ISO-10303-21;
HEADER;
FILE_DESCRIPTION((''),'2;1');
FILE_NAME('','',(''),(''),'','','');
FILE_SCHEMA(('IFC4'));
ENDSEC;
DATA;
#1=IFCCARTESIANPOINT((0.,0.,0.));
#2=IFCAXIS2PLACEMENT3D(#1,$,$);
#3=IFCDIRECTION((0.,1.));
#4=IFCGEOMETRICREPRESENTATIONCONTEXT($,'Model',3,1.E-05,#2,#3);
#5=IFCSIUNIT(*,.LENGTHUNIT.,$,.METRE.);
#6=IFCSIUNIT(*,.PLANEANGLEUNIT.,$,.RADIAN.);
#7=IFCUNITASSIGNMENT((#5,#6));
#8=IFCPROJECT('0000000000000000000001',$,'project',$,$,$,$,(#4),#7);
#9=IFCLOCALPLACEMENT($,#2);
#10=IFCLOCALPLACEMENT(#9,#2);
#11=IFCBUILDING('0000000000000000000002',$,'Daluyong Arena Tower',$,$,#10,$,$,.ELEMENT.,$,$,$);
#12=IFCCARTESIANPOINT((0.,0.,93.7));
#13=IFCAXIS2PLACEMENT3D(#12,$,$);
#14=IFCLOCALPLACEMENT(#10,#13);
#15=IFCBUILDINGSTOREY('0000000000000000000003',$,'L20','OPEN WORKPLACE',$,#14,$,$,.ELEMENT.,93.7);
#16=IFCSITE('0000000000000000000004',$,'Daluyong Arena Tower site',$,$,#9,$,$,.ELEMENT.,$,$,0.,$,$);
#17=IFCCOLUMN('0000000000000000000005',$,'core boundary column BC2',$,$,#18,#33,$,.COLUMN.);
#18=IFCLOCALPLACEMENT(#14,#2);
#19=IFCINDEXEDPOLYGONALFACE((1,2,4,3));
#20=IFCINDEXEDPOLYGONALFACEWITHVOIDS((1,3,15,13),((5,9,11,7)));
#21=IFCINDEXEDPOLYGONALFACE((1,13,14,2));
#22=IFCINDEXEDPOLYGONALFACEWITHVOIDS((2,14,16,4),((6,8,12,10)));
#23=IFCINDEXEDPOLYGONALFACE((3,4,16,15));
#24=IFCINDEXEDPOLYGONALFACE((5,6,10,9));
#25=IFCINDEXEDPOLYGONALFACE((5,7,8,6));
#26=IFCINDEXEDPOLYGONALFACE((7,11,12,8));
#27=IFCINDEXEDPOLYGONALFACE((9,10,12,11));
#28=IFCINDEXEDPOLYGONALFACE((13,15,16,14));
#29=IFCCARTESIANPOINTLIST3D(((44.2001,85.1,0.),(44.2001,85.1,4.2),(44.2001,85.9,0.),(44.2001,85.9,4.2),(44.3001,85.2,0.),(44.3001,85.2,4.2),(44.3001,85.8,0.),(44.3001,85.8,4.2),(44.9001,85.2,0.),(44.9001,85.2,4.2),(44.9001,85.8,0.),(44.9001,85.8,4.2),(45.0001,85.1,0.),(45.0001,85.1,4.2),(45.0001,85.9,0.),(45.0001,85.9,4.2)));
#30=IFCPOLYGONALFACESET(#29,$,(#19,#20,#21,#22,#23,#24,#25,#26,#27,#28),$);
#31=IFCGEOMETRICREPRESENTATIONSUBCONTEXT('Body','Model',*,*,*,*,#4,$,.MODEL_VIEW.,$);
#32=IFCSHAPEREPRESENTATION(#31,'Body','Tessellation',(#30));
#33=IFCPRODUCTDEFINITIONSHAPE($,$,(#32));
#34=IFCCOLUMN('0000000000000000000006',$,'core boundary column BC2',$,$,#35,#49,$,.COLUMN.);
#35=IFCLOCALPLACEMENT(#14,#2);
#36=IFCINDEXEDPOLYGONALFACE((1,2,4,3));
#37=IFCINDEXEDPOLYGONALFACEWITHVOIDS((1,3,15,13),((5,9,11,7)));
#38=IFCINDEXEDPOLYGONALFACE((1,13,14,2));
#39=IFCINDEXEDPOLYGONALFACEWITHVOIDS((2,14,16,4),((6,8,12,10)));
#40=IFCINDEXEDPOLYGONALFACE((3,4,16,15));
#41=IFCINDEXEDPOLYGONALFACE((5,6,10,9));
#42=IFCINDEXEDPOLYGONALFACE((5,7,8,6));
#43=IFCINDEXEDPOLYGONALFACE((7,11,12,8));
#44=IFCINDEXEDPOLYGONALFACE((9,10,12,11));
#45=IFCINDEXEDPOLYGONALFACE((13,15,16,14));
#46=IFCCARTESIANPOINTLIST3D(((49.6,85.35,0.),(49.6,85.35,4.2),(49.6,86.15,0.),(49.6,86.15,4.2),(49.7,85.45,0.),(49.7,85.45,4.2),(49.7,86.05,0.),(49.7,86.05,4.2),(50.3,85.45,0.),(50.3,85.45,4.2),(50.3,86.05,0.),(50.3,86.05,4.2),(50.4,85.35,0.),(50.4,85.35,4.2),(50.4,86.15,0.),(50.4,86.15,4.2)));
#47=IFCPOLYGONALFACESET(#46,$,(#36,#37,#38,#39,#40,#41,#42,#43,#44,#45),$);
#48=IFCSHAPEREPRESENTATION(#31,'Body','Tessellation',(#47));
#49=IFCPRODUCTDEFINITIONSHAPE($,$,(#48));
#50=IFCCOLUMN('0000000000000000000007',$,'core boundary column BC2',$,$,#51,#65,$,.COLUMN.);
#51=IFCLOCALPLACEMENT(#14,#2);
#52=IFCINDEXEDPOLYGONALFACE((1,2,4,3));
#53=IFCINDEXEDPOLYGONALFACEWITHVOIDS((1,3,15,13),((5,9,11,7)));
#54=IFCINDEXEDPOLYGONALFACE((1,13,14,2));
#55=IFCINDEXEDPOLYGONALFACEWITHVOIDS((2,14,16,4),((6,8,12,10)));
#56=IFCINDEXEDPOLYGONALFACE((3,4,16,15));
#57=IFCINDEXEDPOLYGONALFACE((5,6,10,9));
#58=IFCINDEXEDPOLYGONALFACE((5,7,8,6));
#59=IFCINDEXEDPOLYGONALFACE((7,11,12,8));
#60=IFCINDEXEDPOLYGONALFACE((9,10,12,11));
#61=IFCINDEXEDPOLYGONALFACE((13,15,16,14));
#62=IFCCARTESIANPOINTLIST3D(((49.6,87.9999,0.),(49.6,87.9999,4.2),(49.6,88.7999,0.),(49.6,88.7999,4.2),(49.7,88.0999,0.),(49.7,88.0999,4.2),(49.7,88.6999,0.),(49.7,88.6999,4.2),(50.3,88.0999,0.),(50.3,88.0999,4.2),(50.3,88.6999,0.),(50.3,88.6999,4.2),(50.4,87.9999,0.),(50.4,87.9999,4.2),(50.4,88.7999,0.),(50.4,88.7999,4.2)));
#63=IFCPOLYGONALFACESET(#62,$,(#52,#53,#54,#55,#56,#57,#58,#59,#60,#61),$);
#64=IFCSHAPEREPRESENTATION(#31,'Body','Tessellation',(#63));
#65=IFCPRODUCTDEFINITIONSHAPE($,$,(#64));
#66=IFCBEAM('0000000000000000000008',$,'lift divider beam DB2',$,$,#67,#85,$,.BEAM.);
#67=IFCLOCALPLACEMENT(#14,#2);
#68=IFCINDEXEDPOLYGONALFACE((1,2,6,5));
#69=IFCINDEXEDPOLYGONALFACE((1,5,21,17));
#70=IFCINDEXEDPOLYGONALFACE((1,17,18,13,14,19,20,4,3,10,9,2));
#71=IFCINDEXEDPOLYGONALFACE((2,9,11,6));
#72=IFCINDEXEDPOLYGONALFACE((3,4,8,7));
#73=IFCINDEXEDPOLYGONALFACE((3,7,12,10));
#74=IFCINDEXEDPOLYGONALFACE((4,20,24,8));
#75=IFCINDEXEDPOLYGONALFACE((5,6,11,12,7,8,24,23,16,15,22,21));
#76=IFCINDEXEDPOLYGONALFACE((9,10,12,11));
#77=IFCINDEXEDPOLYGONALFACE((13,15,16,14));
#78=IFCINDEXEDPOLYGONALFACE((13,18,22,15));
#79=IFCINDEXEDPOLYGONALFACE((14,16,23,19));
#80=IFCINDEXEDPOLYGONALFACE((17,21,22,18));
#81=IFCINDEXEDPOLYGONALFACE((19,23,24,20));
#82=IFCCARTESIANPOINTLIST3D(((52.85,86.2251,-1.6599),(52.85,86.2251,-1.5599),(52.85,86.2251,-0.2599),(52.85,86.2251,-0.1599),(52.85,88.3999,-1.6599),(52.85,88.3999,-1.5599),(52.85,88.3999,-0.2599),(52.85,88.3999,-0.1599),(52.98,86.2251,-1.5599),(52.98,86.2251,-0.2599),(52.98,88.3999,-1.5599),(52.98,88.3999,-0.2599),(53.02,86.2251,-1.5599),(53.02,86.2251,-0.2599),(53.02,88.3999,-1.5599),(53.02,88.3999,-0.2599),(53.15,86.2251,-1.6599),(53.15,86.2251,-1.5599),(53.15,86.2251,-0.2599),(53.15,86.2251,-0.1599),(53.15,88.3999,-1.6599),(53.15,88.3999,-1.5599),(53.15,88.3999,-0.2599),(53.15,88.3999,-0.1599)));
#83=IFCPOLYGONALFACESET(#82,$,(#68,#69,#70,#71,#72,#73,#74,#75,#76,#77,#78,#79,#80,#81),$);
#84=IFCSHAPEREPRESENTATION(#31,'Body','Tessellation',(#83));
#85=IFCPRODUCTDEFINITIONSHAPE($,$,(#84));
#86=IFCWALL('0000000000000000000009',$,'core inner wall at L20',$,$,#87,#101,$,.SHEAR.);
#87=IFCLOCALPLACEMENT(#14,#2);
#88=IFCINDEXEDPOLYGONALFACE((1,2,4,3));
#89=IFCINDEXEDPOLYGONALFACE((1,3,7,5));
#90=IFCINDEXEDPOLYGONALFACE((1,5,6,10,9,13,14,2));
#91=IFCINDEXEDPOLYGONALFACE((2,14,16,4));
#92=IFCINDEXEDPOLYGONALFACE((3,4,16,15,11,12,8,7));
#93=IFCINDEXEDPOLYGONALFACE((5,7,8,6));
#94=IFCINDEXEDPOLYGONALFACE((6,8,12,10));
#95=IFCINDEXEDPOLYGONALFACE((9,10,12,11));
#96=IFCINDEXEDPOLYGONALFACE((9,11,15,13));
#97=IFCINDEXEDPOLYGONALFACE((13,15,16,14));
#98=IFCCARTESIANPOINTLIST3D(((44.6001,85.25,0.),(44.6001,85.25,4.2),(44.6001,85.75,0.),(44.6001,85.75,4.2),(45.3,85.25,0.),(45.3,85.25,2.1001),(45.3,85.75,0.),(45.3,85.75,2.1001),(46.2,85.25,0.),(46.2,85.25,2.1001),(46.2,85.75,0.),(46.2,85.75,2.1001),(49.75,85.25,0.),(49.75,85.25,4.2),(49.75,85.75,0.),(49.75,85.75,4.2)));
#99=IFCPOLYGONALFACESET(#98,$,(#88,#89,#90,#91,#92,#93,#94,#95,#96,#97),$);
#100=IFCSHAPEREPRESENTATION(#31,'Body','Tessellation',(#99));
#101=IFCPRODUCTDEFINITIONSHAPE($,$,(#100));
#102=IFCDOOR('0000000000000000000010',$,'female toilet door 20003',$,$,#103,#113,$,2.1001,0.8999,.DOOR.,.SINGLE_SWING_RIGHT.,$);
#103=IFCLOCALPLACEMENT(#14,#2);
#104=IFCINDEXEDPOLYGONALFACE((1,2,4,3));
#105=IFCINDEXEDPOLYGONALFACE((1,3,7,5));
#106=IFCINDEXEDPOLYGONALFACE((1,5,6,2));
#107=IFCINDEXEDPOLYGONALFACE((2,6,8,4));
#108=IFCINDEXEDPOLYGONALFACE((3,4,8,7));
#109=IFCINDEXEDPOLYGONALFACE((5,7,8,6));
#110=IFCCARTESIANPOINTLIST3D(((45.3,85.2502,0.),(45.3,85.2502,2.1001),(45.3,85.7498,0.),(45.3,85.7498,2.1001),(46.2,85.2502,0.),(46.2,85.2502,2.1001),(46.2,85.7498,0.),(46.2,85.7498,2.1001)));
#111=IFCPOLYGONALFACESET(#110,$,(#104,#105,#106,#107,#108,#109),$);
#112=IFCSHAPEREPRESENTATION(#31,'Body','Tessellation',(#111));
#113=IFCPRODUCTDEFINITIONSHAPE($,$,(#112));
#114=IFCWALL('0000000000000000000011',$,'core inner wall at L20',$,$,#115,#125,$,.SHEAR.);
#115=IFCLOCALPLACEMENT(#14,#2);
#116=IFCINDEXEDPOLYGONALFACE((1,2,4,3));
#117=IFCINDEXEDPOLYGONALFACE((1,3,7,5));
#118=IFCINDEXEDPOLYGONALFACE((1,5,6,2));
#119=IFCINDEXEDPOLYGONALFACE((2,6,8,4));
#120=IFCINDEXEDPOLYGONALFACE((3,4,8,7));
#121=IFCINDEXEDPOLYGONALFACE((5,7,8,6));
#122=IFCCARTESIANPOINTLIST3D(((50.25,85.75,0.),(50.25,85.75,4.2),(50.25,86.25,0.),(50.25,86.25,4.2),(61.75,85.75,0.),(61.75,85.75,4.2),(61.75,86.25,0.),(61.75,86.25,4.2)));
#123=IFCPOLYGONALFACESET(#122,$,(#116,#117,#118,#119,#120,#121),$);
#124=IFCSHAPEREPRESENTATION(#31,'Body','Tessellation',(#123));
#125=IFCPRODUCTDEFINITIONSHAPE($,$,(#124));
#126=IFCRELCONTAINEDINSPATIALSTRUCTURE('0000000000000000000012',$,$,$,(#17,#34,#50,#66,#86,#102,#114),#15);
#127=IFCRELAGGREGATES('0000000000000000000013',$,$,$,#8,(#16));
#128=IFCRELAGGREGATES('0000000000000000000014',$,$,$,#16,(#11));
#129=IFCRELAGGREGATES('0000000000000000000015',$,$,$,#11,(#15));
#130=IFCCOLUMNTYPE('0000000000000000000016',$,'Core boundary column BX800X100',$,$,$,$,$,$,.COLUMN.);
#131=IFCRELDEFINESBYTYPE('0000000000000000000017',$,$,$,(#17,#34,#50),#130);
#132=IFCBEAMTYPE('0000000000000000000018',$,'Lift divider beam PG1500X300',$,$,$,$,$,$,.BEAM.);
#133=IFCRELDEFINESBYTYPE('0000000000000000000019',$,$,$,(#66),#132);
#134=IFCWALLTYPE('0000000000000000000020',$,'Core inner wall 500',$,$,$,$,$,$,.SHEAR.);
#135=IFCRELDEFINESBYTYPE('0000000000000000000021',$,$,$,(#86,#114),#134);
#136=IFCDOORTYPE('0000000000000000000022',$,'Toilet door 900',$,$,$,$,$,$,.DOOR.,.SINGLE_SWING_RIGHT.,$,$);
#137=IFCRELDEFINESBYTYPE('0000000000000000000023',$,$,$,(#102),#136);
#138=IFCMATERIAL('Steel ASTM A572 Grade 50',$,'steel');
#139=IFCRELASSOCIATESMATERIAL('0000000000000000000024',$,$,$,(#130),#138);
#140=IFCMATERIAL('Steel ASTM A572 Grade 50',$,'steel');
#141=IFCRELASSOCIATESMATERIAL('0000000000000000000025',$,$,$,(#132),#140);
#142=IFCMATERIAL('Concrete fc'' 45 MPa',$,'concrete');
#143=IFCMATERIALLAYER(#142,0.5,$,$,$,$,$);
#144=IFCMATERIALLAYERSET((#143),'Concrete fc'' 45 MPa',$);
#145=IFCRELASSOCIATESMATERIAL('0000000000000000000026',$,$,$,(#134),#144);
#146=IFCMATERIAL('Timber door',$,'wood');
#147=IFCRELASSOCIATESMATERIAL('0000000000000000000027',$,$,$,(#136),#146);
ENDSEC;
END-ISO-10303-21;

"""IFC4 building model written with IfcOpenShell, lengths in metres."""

from ifc_helpers import new_model, si_unit, direction, frame, frame_2d, origin, origin_2d, place, context, subcontext, project, spatial, rectangle, hollow_rectangle, i_section, extrude, material, layer, layer_set, material_profile, profile_set, type_object, element, fill, save


model = new_model("IFC4")

# Units and contexts
model_context = context("Model", 3, precision=1e-05, world=origin(), true_north=direction((0.0, 1.0)))
body_context = subcontext(model_context, "Body", "Model", "MODEL_VIEW")
ifc_project = project(units=[si_unit("LENGTHUNIT", "METRE"), si_unit("PLANEANGLEUNIT", "RADIAN")], contexts=[model_context])

# Site, building, storey
site_placement = place(None, origin())
site = spatial("IfcSite", under=ifc_project, at=site_placement, Name="Daluyong Arena Tower site", CompositionType="ELEMENT", RefElevation=0.0)
building_placement = place(site_placement, origin())
building = spatial("IfcBuilding", under=site, at=building_placement, Name="Daluyong Arena Tower", CompositionType="ELEMENT")
storey_placement = place(building_placement, frame((0.0, 0.0, 93.7)))
storey = spatial("IfcBuildingStorey", under=building, at=storey_placement, Name="L20", Description="OPEN WORKPLACE", CompositionType="ELEMENT", Elevation=93.7)

# Columns
ifc_material_1 = material(Name="Steel ASTM A572 Grade 50", Category="steel")
ifc_material_profile_1 = material_profile(ifc_material_1, hollow_rectangle(XDim=0.8, YDim=0.8, WallThickness=0.1, at=origin_2d()))
ifc_profile_set_1 = profile_set([ifc_material_profile_1], Name="Steel ASTM A572 Grade 50")
column_type = type_object("IfcColumnType", Name="Core boundary column BX800X100", PredefinedType="COLUMN", material=ifc_profile_set_1)
for number, where, z_axis, x_axis, name in (
    (1, (44.6001, 85.5, 0.0), (0.0, 0.0, 1.0), (1.0, 0.0, 0.0), "core boundary column BC2"),
    (2, (50.0, 85.75, 0.0), (0.0, 0.0, 1.0), (1.0, 0.0, 0.0), "core boundary column BC2"),
    (3, (50.0, 88.3999, 0.0), (0.0, 0.0, 1.0), (1.0, 0.0, 0.0), "core boundary column BC2"),
):
    element("IfcColumn", number, at=place(storey_placement, frame(where, z_axis=z_axis, x_axis=x_axis)), inside=storey, type_object=column_type, Name=name, PredefinedType="COLUMN", context=body_context, shape_type="SweptSolid", body=[
        extrude(hollow_rectangle(XDim=0.8, YDim=0.8, WallThickness=0.1, at=origin_2d()), origin(), (0.0, 0.0, 1.0), 4.2),
    ])

# Beam
ifc_material_2 = material(Name="Steel ASTM A572 Grade 50", Category="steel")
ifc_material_profile_2 = material_profile(ifc_material_2, i_section(OverallWidth=0.3, OverallDepth=1.5, WebThickness=0.04, FlangeThickness=0.1, at=origin_2d()))
ifc_profile_set_2 = profile_set([ifc_material_profile_2], Name="Steel ASTM A572 Grade 50")
beam_type = type_object("IfcBeamType", Name="Lift divider beam PG1500X300", PredefinedType="BEAM", material=ifc_profile_set_2)
beam_placement = place(storey_placement, frame((53.0, 86.2251, -0.9099), z_axis=(0.0, 1.0, 0.0), x_axis=(-1.0, 0.0, 0.0)))
element("IfcBeam", 4, at=beam_placement, inside=storey, type_object=beam_type, Name="lift divider beam DB2", PredefinedType="BEAM", context=body_context, shape_type="SweptSolid", body=[
    extrude(i_section(OverallWidth=0.3, OverallDepth=1.5, WebThickness=0.04, FlangeThickness=0.1, at=origin_2d()), origin(), (0.0, 0.0, 1.0), 2.1748),
])

# Wall, opening, door
ifc_material_3 = material(Name="Concrete fc' 45 MPa", Category="concrete")
ifc_layer_1 = layer(ifc_material_3, 0.5)
ifc_layer_set_1 = layer_set([ifc_layer_1], Name="Concrete fc' 45 MPa")
wall_type_1 = type_object("IfcWallType", Name="Core inner wall 500", PredefinedType="SHEAR", material=ifc_layer_set_1)
wall_1_placement = place(storey_placement, frame((44.6001, 85.5, 0.0), z_axis=(0.0, 0.0, 1.0), x_axis=(1.0, 0.0, 0.0)))
wall_1 = element("IfcWall", 5, at=wall_1_placement, inside=storey, type_object=wall_type_1, Name="core inner wall at L20", PredefinedType="SHEAR", context=body_context, shape_type="SweptSolid", body=[
    extrude(rectangle(XDim=5.1499, YDim=0.5, at=frame_2d((2.575, 0.0))), origin(), (0.0, 0.0, 1.0), 4.2),
])
opening_1_placement = place(wall_1_placement, frame((0.7, 0.0, 0.0)))
opening_1 = element("IfcOpeningElement", 6, at=opening_1_placement, cuts=wall_1, PredefinedType="OPENING", context=body_context, shape_type="SweptSolid", body=[
    extrude(rectangle(XDim=0.8999, YDim=2.1001, at=frame_2d((0.45, 1.05))), frame((0.0, 0.26, 0.0), z_axis=(0.0, -1.0, 0.0), x_axis=(1.0, 0.0, 0.0)), (0.0, 0.0, 1.0), 0.52),
])
ifc_material_4 = material(Name="Timber door", Category="wood")
door_type_1 = type_object("IfcDoorType", Name="Toilet door 900", OperationType="SINGLE_SWING_RIGHT", PredefinedType="DOOR", material=ifc_material_4)
door_1_placement = place(opening_1_placement, origin())
door_1 = element("IfcDoor", 7, at=door_1_placement, inside=storey, type_object=door_type_1, Name="female toilet door 20003", OperationType="SINGLE_SWING_RIGHT", OverallHeight=2.1001, OverallWidth=0.8999, PredefinedType="DOOR", context=body_context, shape_type="SweptSolid", body=[
    extrude(rectangle(XDim=0.8999, YDim=2.1001, at=frame_2d((0.45, 1.05))), frame((0.0, 0.2498, 0.0), z_axis=(0.0, -1.0, 0.0), x_axis=(1.0, 0.0, 0.0)), (0.0, 0.0, 1.0), 0.4995),
])
fill(opening_1, door_1)

# Wall
wall_2_placement = place(storey_placement, frame((50.25, 86.0, 0.0), z_axis=(0.0, 0.0, 1.0), x_axis=(1.0, 0.0, 0.0)))
element("IfcWall", 8, at=wall_2_placement, inside=storey, type_object=wall_type_1, Name="core inner wall at L20", PredefinedType="SHEAR", context=body_context, shape_type="SweptSolid", body=[
    extrude(rectangle(XDim=11.5, YDim=0.5, at=frame_2d((5.75, 0.0))), origin(), (0.0, 0.0, 1.0), 4.2),
])

save(model, "model.ifc")
